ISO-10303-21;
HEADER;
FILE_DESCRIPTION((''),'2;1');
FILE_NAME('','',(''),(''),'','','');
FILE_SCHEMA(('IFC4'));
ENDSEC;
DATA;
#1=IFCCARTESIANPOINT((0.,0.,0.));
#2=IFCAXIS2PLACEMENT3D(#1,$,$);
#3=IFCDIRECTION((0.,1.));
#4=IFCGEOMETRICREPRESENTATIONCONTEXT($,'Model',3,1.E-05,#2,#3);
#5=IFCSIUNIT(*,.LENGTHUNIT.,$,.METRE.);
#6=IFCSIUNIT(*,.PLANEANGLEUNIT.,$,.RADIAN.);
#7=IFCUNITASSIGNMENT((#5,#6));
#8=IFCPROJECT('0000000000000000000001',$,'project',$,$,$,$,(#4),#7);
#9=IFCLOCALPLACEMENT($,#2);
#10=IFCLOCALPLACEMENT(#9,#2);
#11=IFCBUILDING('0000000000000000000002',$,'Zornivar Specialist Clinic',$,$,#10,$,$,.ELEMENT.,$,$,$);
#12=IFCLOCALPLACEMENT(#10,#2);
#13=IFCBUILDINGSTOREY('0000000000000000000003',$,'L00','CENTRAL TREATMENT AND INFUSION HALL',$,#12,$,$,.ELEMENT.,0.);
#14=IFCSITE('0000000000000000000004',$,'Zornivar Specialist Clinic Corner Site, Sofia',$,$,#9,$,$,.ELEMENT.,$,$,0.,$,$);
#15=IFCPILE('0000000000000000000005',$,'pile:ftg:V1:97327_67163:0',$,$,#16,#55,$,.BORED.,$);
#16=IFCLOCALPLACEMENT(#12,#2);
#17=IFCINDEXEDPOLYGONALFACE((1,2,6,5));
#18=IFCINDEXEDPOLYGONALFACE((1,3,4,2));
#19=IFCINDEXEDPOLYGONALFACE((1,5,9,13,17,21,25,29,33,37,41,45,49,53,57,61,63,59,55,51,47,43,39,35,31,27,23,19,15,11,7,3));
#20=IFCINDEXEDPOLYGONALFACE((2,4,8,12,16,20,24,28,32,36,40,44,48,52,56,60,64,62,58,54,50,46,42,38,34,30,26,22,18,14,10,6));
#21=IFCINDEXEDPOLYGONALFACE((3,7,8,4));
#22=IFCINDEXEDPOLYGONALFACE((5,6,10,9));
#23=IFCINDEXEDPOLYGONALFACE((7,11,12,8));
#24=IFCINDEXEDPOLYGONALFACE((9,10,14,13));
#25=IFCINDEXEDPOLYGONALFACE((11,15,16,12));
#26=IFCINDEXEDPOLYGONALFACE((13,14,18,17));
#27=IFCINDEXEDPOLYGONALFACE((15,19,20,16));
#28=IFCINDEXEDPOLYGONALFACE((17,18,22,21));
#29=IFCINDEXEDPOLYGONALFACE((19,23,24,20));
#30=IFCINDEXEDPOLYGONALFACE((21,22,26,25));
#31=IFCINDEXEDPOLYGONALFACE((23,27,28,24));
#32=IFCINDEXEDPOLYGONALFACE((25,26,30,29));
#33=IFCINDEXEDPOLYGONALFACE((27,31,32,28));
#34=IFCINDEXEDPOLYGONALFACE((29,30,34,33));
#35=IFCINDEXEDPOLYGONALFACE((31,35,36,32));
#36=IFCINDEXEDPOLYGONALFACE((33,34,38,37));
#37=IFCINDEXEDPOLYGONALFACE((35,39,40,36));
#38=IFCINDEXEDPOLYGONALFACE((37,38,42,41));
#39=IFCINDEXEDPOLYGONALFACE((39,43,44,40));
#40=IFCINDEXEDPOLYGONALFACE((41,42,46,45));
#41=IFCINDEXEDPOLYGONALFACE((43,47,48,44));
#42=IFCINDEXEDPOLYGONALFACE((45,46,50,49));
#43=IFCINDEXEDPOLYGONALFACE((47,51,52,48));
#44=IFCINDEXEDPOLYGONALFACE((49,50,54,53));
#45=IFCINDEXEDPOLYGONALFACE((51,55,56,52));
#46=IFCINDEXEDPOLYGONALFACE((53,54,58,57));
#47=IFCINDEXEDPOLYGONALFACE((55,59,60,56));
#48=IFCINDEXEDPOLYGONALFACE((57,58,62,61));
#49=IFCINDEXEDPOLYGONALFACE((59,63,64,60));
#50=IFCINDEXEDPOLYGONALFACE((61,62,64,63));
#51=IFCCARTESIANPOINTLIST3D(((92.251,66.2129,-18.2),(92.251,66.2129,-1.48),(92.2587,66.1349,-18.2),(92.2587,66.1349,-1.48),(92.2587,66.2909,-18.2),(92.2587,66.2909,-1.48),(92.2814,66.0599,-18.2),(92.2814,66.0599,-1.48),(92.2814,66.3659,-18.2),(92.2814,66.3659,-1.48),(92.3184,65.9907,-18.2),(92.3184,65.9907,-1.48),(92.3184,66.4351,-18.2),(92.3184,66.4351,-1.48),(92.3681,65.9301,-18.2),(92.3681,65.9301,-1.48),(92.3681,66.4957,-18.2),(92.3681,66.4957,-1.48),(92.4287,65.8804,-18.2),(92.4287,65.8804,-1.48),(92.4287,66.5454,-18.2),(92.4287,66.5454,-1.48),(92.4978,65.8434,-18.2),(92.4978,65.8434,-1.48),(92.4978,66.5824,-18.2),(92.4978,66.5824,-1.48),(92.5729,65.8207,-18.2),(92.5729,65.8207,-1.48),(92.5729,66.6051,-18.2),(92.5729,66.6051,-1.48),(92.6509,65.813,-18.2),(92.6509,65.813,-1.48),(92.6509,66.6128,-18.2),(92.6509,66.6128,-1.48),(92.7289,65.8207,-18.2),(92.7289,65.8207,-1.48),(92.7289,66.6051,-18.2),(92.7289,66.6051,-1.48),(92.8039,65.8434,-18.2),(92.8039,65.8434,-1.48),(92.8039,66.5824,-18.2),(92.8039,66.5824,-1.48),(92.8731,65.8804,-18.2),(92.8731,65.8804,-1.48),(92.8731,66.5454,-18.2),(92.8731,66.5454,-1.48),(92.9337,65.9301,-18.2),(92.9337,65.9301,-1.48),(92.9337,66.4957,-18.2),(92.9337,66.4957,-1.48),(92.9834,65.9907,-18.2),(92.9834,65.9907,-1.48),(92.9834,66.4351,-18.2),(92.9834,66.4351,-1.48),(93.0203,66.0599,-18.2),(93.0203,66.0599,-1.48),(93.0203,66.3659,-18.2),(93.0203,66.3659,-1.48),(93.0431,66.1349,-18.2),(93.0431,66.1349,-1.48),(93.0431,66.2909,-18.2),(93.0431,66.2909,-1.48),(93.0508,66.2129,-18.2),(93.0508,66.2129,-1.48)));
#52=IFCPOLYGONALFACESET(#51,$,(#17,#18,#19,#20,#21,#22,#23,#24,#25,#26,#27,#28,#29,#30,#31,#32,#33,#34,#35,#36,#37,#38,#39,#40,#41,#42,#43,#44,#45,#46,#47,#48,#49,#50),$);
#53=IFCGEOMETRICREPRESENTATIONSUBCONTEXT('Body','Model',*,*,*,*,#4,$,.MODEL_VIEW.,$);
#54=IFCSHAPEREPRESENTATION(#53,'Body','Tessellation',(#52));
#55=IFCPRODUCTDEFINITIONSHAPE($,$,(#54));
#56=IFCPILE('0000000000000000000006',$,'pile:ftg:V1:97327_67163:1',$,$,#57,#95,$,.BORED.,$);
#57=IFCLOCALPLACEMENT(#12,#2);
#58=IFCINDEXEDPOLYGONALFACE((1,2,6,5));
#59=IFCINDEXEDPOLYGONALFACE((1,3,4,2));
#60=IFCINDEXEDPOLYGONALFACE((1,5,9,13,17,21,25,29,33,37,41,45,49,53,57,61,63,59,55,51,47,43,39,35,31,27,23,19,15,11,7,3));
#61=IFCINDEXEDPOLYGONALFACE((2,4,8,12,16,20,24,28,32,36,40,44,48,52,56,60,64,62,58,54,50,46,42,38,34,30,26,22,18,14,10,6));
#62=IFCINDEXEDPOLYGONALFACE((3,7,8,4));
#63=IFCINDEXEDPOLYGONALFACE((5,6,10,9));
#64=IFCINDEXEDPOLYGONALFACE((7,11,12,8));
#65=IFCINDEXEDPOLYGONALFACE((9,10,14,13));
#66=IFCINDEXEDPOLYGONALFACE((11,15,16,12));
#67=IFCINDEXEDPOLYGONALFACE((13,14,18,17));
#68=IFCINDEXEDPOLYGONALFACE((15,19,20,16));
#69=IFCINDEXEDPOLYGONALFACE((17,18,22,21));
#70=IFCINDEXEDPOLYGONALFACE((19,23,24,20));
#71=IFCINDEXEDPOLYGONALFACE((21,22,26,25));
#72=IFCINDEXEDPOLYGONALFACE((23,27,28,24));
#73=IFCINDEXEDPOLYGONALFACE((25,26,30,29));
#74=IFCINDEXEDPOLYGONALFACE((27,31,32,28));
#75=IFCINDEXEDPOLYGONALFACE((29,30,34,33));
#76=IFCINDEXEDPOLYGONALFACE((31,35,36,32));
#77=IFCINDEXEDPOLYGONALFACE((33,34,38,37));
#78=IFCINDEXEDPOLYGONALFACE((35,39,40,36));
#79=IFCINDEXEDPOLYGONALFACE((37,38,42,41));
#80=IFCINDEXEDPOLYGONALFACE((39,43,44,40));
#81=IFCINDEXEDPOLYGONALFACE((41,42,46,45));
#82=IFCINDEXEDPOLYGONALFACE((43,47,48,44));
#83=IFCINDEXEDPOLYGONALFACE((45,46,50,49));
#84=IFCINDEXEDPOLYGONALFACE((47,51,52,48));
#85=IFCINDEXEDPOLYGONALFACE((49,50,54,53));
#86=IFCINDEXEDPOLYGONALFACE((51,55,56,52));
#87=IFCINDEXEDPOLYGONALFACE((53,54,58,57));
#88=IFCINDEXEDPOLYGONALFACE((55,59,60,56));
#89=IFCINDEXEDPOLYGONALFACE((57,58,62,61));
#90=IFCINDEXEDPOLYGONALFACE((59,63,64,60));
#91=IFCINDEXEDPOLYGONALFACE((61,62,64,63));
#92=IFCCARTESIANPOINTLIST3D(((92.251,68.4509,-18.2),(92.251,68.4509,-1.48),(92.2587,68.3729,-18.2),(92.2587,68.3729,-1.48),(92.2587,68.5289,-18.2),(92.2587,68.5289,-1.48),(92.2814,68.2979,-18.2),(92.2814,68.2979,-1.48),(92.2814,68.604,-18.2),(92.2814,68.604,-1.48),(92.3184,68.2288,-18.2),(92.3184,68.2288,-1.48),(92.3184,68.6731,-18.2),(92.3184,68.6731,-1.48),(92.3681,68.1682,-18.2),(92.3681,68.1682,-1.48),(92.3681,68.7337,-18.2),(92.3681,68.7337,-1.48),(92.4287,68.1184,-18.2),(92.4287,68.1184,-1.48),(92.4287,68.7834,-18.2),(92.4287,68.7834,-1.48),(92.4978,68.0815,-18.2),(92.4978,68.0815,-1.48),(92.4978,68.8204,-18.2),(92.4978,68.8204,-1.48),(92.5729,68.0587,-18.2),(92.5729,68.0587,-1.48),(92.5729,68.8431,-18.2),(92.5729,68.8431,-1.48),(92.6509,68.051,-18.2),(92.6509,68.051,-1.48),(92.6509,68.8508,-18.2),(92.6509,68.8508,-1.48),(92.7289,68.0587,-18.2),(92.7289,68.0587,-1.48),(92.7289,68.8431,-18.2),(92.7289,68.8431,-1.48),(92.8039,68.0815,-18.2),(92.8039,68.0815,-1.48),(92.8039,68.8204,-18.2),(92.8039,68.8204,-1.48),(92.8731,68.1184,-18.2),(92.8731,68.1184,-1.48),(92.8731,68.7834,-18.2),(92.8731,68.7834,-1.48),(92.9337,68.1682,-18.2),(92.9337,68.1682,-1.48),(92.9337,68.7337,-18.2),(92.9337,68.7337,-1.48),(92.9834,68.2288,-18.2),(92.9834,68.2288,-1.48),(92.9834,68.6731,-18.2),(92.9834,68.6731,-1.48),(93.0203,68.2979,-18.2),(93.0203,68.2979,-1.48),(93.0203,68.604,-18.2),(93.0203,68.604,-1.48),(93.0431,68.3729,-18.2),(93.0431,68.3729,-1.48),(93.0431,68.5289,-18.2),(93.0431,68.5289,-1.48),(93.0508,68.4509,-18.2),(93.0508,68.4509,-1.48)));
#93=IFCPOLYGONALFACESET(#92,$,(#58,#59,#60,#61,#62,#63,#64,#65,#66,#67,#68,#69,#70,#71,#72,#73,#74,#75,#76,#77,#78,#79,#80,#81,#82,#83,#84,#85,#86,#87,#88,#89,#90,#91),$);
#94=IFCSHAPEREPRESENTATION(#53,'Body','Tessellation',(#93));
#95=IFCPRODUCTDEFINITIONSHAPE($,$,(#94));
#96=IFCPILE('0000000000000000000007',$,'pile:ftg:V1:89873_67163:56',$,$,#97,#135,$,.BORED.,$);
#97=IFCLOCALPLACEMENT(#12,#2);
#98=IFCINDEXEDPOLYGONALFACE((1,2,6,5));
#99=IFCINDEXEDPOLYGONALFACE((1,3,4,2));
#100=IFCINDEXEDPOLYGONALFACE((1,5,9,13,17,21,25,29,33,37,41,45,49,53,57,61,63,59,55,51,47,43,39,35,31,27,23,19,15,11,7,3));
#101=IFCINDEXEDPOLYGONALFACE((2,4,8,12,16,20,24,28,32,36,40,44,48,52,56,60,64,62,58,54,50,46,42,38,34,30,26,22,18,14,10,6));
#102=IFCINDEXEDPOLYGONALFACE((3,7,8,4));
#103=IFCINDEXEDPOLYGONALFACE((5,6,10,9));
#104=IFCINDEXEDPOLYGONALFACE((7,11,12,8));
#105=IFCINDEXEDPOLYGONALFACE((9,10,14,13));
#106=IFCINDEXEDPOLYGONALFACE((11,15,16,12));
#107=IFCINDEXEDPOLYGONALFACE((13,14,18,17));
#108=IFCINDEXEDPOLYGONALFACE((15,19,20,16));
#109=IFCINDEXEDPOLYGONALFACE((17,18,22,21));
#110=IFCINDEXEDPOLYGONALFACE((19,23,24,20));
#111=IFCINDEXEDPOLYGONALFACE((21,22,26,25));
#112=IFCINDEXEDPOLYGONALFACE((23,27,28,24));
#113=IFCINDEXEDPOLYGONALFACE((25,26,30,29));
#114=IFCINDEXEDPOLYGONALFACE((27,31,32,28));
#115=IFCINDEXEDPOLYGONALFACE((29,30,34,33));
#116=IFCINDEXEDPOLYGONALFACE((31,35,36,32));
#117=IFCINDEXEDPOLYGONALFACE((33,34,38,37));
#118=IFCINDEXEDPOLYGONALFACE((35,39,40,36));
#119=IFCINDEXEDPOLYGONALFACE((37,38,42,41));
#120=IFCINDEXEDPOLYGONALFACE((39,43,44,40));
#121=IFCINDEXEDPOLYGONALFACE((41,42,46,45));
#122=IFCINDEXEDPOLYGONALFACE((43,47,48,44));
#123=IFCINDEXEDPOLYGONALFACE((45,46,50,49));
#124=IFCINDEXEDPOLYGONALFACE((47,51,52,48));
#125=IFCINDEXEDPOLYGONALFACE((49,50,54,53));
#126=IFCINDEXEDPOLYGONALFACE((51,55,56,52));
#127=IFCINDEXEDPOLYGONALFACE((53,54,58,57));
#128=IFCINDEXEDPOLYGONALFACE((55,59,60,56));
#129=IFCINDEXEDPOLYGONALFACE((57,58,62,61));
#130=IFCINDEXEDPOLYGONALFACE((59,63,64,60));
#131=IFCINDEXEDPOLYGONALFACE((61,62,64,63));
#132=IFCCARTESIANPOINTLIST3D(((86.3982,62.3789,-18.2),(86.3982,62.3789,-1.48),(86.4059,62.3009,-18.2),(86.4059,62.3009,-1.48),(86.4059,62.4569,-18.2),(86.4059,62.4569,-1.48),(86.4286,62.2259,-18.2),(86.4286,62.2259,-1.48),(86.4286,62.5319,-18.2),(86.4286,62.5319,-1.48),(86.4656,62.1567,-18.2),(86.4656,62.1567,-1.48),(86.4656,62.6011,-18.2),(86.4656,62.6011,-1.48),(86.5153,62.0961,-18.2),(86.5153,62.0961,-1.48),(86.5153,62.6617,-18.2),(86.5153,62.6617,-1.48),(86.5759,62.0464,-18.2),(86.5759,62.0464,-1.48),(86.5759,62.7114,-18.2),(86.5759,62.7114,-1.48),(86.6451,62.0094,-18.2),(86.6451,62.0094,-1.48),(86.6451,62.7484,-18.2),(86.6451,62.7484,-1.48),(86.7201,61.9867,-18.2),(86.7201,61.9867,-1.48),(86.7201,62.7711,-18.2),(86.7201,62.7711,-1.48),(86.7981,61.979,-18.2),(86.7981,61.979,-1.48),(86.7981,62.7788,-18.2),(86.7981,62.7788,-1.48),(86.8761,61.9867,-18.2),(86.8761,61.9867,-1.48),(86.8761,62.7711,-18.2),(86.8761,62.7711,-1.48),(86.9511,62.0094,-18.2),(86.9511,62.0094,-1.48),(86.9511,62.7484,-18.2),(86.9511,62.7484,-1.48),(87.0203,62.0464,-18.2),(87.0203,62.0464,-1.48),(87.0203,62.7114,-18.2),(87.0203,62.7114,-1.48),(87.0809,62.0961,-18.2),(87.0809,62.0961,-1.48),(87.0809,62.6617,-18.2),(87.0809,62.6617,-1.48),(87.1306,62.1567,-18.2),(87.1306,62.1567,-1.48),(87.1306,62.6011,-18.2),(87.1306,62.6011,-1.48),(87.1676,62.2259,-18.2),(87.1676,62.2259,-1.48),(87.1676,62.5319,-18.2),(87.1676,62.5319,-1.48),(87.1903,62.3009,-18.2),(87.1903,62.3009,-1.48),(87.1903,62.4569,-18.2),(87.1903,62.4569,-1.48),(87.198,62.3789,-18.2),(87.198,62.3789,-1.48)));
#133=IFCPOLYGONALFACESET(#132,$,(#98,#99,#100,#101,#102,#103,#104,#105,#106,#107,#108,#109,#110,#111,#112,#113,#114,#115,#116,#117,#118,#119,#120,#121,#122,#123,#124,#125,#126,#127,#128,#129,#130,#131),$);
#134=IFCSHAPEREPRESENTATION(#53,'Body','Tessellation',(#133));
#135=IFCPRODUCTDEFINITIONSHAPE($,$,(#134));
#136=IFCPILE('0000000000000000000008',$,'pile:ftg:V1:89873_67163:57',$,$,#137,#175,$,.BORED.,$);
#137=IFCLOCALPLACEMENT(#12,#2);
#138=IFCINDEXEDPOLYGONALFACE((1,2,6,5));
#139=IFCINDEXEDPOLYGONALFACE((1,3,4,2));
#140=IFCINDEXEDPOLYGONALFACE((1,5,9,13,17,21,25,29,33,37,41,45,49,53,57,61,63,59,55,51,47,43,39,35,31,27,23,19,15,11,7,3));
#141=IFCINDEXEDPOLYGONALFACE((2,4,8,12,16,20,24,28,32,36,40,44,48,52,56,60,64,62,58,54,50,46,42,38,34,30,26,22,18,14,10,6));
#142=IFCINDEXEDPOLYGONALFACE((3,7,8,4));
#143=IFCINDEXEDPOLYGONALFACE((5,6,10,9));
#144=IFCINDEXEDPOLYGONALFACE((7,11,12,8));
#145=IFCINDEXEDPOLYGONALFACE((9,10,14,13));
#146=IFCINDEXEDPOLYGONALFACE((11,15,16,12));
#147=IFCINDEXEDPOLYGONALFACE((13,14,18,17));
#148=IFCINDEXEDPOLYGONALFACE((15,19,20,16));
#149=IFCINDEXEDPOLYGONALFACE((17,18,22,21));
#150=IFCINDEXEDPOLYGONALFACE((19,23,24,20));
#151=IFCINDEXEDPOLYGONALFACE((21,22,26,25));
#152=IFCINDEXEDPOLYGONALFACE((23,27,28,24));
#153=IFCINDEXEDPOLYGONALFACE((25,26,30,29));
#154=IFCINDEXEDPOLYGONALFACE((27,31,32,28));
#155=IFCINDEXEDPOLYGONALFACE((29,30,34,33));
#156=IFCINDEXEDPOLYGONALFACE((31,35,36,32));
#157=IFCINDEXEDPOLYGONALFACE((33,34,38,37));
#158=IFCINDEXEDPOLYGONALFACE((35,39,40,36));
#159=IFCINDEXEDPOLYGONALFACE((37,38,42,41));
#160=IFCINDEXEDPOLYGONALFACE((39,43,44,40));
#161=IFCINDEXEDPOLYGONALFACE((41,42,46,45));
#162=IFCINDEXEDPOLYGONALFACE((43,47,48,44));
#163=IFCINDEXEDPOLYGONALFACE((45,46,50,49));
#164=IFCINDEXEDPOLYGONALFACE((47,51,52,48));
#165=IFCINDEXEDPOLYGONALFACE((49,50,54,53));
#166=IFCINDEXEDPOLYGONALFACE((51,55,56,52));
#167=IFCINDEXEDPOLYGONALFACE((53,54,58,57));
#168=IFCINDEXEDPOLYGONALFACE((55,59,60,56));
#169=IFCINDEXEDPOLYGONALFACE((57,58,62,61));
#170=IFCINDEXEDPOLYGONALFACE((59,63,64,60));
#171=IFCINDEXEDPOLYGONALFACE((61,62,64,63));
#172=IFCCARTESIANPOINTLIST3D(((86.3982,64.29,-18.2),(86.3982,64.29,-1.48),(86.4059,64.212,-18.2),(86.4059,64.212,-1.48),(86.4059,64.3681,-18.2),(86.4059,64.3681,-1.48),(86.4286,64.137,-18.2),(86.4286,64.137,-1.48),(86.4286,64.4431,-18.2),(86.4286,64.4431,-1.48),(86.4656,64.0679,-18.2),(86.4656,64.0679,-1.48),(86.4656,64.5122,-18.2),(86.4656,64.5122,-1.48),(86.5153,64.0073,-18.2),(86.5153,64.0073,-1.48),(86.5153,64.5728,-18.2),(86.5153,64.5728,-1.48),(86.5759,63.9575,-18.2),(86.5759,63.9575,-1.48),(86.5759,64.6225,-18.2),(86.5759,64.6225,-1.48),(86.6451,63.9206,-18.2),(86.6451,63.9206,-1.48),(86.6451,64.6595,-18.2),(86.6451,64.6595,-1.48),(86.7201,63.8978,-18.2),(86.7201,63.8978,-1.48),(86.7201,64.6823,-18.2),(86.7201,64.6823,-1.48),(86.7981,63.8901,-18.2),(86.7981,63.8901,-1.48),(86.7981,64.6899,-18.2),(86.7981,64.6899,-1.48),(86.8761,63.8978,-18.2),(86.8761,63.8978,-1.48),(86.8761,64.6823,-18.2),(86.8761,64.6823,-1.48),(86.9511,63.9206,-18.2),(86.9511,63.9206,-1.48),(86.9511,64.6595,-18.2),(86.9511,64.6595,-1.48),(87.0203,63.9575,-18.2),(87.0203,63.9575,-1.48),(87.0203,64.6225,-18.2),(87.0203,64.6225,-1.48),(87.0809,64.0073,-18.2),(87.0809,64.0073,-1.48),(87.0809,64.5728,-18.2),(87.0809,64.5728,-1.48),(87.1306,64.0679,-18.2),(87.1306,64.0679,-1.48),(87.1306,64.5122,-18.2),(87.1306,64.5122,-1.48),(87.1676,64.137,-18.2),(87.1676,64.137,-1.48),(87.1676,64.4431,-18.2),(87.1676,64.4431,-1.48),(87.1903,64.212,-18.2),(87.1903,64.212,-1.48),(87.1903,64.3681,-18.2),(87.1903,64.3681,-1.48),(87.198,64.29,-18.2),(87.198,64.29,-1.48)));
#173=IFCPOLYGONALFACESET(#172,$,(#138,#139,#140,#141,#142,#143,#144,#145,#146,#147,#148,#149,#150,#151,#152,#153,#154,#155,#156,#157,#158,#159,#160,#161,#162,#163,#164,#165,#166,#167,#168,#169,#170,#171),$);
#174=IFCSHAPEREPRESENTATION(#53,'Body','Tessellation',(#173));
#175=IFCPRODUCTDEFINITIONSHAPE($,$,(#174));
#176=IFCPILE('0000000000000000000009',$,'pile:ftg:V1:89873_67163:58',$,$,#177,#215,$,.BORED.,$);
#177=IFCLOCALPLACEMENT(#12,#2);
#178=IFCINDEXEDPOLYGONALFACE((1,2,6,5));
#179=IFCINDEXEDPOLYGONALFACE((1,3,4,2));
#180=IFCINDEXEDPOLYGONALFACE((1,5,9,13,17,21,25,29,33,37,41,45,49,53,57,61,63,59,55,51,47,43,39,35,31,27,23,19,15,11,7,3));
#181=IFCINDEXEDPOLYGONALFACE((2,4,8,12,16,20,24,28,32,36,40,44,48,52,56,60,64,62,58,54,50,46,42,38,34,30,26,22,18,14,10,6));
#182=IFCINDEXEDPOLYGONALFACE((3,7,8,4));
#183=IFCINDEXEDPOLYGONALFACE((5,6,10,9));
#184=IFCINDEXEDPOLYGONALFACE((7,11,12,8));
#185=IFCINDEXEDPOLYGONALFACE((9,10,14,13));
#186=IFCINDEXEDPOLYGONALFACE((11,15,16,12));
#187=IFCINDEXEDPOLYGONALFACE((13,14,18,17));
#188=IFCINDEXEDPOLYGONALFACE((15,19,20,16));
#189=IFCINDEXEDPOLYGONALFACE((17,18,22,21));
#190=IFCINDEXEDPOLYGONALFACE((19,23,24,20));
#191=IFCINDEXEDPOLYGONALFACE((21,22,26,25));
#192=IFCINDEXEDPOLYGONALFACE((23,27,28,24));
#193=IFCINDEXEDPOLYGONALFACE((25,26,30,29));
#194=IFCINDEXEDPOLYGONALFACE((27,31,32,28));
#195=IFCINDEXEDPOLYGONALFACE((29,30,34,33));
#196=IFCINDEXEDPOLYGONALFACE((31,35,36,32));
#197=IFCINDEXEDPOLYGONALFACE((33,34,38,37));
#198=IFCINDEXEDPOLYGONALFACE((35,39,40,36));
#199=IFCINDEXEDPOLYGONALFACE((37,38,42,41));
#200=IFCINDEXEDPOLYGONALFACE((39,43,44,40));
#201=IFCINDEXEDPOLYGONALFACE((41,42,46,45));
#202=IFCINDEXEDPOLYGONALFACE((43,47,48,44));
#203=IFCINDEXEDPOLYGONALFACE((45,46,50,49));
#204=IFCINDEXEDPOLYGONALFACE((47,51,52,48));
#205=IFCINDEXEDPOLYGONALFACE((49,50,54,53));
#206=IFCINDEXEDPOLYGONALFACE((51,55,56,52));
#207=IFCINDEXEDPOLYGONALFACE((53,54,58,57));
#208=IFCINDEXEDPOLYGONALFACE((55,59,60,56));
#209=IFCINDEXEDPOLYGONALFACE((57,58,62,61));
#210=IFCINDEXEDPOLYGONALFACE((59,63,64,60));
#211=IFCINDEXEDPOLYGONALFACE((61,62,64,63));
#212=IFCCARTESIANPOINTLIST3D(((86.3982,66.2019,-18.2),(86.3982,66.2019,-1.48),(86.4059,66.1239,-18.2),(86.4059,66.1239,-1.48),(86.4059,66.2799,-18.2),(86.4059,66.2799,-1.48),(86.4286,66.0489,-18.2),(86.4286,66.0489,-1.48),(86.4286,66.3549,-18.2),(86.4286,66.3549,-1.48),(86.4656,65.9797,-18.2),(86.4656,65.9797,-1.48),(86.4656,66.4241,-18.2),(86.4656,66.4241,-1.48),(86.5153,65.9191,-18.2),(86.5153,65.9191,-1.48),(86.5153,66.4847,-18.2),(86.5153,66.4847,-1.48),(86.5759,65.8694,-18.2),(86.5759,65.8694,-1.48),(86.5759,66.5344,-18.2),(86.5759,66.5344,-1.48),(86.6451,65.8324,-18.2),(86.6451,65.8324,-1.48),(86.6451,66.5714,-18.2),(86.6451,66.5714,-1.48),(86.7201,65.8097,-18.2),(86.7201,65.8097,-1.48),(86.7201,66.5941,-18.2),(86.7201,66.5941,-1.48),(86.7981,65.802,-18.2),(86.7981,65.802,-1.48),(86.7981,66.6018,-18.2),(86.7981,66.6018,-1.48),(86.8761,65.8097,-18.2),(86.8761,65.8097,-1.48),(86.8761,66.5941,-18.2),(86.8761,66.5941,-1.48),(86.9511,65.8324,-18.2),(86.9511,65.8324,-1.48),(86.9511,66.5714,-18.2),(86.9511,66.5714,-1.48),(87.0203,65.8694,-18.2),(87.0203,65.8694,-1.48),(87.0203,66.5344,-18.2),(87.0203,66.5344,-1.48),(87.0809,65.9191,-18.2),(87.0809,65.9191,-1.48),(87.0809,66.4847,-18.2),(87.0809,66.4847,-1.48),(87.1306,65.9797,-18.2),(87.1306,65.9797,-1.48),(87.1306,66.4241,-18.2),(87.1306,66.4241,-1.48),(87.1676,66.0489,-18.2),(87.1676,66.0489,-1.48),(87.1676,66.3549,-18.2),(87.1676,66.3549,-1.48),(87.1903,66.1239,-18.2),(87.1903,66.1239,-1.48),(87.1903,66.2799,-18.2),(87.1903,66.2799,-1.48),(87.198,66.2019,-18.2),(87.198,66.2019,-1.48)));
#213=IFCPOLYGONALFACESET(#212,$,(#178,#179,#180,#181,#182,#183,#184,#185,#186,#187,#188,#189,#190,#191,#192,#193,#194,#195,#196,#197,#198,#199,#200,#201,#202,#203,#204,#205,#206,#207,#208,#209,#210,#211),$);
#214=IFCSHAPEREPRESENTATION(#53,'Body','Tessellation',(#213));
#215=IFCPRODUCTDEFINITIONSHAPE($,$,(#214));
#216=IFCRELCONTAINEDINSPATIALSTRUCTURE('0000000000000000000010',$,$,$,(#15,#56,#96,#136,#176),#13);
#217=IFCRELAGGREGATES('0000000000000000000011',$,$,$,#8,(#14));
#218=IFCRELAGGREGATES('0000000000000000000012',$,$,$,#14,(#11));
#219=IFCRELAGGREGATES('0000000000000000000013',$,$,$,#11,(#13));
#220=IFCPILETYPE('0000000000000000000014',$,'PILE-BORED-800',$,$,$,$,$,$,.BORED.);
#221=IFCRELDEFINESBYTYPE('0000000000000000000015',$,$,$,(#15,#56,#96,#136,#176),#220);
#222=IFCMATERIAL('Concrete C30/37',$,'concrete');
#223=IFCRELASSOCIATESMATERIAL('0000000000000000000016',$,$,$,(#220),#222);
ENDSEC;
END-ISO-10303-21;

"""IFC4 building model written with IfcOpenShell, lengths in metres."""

from ifc_helpers import new_model, si_unit, direction, frame, origin, origin_2d, place, context, subcontext, project, spatial, circle, extrude, material, material_profile, profile_set, type_object, element, save


model = new_model("IFC4")

# Units and contexts
model_context = context("Model", 3, precision=1e-05, world=origin(), true_north=direction((0.0, 1.0)))
body_context = subcontext(model_context, "Body", "Model", "MODEL_VIEW")
ifc_project = project(units=[si_unit("LENGTHUNIT", "METRE"), si_unit("PLANEANGLEUNIT", "RADIAN")], contexts=[model_context])

# Site, building, storey
site_placement = place(None, origin())
site = spatial("IfcSite", under=ifc_project, at=site_placement, Name="Zornivar Specialist Clinic Corner Site, Sofia", CompositionType="ELEMENT", RefElevation=0.0)
building_placement = place(site_placement, origin())
building = spatial("IfcBuilding", under=site, at=building_placement, Name="Zornivar Specialist Clinic", CompositionType="ELEMENT")
storey_placement = place(building_placement, origin())
storey = spatial("IfcBuildingStorey", under=building, at=storey_placement, Name="L00", Description="CENTRAL TREATMENT AND INFUSION HALL", CompositionType="ELEMENT", Elevation=0.0)

# Piles
ifc_material_1 = material(Name="Concrete C30/37", Category="concrete")
ifc_material_profile_1 = material_profile(ifc_material_1, circle(Radius=0.3999, at=origin_2d()), Name="PILE D800")
ifc_profile_set_1 = profile_set([ifc_material_profile_1], Name="Concrete C30/37")
pile_type = type_object("IfcPileType", Name="PILE-BORED-800", PredefinedType="BORED", material=ifc_profile_set_1)
for number, where, z_axis, x_axis, name in (
    (1, (92.6509, 66.2129, -1.48), (0.0, 0.0, -1.0), (1.0, 0.0, 0.0), "pile:ftg:V1:97327_67163:0"),
    (2, (92.6509, 68.4509, -1.48), (0.0, 0.0, -1.0), (1.0, 0.0, 0.0), "pile:ftg:V1:97327_67163:1"),
    (3, (86.7981, 62.3789, -1.48), (0.0, 0.0, -1.0), (1.0, 0.0, 0.0), "pile:ftg:V1:89873_67163:56"),
    (4, (86.7981, 64.29, -1.48), (0.0, 0.0, -1.0), (1.0, 0.0, 0.0), "pile:ftg:V1:89873_67163:57"),
    (5, (86.7981, 66.2019, -1.48), (0.0, 0.0, -1.0), (1.0, 0.0, 0.0), "pile:ftg:V1:89873_67163:58"),
):
    element("IfcPile", number, at=place(storey_placement, frame(where, z_axis=z_axis, x_axis=x_axis)), inside=storey, type_object=pile_type, Name=name, PredefinedType="BORED", context=body_context, shape_type="SweptSolid", body=[
        extrude(circle(Radius=0.3999, at=origin_2d()), origin(), (0.0, 0.0, 1.0), 16.72),
    ])

save(model, "model.ifc")
